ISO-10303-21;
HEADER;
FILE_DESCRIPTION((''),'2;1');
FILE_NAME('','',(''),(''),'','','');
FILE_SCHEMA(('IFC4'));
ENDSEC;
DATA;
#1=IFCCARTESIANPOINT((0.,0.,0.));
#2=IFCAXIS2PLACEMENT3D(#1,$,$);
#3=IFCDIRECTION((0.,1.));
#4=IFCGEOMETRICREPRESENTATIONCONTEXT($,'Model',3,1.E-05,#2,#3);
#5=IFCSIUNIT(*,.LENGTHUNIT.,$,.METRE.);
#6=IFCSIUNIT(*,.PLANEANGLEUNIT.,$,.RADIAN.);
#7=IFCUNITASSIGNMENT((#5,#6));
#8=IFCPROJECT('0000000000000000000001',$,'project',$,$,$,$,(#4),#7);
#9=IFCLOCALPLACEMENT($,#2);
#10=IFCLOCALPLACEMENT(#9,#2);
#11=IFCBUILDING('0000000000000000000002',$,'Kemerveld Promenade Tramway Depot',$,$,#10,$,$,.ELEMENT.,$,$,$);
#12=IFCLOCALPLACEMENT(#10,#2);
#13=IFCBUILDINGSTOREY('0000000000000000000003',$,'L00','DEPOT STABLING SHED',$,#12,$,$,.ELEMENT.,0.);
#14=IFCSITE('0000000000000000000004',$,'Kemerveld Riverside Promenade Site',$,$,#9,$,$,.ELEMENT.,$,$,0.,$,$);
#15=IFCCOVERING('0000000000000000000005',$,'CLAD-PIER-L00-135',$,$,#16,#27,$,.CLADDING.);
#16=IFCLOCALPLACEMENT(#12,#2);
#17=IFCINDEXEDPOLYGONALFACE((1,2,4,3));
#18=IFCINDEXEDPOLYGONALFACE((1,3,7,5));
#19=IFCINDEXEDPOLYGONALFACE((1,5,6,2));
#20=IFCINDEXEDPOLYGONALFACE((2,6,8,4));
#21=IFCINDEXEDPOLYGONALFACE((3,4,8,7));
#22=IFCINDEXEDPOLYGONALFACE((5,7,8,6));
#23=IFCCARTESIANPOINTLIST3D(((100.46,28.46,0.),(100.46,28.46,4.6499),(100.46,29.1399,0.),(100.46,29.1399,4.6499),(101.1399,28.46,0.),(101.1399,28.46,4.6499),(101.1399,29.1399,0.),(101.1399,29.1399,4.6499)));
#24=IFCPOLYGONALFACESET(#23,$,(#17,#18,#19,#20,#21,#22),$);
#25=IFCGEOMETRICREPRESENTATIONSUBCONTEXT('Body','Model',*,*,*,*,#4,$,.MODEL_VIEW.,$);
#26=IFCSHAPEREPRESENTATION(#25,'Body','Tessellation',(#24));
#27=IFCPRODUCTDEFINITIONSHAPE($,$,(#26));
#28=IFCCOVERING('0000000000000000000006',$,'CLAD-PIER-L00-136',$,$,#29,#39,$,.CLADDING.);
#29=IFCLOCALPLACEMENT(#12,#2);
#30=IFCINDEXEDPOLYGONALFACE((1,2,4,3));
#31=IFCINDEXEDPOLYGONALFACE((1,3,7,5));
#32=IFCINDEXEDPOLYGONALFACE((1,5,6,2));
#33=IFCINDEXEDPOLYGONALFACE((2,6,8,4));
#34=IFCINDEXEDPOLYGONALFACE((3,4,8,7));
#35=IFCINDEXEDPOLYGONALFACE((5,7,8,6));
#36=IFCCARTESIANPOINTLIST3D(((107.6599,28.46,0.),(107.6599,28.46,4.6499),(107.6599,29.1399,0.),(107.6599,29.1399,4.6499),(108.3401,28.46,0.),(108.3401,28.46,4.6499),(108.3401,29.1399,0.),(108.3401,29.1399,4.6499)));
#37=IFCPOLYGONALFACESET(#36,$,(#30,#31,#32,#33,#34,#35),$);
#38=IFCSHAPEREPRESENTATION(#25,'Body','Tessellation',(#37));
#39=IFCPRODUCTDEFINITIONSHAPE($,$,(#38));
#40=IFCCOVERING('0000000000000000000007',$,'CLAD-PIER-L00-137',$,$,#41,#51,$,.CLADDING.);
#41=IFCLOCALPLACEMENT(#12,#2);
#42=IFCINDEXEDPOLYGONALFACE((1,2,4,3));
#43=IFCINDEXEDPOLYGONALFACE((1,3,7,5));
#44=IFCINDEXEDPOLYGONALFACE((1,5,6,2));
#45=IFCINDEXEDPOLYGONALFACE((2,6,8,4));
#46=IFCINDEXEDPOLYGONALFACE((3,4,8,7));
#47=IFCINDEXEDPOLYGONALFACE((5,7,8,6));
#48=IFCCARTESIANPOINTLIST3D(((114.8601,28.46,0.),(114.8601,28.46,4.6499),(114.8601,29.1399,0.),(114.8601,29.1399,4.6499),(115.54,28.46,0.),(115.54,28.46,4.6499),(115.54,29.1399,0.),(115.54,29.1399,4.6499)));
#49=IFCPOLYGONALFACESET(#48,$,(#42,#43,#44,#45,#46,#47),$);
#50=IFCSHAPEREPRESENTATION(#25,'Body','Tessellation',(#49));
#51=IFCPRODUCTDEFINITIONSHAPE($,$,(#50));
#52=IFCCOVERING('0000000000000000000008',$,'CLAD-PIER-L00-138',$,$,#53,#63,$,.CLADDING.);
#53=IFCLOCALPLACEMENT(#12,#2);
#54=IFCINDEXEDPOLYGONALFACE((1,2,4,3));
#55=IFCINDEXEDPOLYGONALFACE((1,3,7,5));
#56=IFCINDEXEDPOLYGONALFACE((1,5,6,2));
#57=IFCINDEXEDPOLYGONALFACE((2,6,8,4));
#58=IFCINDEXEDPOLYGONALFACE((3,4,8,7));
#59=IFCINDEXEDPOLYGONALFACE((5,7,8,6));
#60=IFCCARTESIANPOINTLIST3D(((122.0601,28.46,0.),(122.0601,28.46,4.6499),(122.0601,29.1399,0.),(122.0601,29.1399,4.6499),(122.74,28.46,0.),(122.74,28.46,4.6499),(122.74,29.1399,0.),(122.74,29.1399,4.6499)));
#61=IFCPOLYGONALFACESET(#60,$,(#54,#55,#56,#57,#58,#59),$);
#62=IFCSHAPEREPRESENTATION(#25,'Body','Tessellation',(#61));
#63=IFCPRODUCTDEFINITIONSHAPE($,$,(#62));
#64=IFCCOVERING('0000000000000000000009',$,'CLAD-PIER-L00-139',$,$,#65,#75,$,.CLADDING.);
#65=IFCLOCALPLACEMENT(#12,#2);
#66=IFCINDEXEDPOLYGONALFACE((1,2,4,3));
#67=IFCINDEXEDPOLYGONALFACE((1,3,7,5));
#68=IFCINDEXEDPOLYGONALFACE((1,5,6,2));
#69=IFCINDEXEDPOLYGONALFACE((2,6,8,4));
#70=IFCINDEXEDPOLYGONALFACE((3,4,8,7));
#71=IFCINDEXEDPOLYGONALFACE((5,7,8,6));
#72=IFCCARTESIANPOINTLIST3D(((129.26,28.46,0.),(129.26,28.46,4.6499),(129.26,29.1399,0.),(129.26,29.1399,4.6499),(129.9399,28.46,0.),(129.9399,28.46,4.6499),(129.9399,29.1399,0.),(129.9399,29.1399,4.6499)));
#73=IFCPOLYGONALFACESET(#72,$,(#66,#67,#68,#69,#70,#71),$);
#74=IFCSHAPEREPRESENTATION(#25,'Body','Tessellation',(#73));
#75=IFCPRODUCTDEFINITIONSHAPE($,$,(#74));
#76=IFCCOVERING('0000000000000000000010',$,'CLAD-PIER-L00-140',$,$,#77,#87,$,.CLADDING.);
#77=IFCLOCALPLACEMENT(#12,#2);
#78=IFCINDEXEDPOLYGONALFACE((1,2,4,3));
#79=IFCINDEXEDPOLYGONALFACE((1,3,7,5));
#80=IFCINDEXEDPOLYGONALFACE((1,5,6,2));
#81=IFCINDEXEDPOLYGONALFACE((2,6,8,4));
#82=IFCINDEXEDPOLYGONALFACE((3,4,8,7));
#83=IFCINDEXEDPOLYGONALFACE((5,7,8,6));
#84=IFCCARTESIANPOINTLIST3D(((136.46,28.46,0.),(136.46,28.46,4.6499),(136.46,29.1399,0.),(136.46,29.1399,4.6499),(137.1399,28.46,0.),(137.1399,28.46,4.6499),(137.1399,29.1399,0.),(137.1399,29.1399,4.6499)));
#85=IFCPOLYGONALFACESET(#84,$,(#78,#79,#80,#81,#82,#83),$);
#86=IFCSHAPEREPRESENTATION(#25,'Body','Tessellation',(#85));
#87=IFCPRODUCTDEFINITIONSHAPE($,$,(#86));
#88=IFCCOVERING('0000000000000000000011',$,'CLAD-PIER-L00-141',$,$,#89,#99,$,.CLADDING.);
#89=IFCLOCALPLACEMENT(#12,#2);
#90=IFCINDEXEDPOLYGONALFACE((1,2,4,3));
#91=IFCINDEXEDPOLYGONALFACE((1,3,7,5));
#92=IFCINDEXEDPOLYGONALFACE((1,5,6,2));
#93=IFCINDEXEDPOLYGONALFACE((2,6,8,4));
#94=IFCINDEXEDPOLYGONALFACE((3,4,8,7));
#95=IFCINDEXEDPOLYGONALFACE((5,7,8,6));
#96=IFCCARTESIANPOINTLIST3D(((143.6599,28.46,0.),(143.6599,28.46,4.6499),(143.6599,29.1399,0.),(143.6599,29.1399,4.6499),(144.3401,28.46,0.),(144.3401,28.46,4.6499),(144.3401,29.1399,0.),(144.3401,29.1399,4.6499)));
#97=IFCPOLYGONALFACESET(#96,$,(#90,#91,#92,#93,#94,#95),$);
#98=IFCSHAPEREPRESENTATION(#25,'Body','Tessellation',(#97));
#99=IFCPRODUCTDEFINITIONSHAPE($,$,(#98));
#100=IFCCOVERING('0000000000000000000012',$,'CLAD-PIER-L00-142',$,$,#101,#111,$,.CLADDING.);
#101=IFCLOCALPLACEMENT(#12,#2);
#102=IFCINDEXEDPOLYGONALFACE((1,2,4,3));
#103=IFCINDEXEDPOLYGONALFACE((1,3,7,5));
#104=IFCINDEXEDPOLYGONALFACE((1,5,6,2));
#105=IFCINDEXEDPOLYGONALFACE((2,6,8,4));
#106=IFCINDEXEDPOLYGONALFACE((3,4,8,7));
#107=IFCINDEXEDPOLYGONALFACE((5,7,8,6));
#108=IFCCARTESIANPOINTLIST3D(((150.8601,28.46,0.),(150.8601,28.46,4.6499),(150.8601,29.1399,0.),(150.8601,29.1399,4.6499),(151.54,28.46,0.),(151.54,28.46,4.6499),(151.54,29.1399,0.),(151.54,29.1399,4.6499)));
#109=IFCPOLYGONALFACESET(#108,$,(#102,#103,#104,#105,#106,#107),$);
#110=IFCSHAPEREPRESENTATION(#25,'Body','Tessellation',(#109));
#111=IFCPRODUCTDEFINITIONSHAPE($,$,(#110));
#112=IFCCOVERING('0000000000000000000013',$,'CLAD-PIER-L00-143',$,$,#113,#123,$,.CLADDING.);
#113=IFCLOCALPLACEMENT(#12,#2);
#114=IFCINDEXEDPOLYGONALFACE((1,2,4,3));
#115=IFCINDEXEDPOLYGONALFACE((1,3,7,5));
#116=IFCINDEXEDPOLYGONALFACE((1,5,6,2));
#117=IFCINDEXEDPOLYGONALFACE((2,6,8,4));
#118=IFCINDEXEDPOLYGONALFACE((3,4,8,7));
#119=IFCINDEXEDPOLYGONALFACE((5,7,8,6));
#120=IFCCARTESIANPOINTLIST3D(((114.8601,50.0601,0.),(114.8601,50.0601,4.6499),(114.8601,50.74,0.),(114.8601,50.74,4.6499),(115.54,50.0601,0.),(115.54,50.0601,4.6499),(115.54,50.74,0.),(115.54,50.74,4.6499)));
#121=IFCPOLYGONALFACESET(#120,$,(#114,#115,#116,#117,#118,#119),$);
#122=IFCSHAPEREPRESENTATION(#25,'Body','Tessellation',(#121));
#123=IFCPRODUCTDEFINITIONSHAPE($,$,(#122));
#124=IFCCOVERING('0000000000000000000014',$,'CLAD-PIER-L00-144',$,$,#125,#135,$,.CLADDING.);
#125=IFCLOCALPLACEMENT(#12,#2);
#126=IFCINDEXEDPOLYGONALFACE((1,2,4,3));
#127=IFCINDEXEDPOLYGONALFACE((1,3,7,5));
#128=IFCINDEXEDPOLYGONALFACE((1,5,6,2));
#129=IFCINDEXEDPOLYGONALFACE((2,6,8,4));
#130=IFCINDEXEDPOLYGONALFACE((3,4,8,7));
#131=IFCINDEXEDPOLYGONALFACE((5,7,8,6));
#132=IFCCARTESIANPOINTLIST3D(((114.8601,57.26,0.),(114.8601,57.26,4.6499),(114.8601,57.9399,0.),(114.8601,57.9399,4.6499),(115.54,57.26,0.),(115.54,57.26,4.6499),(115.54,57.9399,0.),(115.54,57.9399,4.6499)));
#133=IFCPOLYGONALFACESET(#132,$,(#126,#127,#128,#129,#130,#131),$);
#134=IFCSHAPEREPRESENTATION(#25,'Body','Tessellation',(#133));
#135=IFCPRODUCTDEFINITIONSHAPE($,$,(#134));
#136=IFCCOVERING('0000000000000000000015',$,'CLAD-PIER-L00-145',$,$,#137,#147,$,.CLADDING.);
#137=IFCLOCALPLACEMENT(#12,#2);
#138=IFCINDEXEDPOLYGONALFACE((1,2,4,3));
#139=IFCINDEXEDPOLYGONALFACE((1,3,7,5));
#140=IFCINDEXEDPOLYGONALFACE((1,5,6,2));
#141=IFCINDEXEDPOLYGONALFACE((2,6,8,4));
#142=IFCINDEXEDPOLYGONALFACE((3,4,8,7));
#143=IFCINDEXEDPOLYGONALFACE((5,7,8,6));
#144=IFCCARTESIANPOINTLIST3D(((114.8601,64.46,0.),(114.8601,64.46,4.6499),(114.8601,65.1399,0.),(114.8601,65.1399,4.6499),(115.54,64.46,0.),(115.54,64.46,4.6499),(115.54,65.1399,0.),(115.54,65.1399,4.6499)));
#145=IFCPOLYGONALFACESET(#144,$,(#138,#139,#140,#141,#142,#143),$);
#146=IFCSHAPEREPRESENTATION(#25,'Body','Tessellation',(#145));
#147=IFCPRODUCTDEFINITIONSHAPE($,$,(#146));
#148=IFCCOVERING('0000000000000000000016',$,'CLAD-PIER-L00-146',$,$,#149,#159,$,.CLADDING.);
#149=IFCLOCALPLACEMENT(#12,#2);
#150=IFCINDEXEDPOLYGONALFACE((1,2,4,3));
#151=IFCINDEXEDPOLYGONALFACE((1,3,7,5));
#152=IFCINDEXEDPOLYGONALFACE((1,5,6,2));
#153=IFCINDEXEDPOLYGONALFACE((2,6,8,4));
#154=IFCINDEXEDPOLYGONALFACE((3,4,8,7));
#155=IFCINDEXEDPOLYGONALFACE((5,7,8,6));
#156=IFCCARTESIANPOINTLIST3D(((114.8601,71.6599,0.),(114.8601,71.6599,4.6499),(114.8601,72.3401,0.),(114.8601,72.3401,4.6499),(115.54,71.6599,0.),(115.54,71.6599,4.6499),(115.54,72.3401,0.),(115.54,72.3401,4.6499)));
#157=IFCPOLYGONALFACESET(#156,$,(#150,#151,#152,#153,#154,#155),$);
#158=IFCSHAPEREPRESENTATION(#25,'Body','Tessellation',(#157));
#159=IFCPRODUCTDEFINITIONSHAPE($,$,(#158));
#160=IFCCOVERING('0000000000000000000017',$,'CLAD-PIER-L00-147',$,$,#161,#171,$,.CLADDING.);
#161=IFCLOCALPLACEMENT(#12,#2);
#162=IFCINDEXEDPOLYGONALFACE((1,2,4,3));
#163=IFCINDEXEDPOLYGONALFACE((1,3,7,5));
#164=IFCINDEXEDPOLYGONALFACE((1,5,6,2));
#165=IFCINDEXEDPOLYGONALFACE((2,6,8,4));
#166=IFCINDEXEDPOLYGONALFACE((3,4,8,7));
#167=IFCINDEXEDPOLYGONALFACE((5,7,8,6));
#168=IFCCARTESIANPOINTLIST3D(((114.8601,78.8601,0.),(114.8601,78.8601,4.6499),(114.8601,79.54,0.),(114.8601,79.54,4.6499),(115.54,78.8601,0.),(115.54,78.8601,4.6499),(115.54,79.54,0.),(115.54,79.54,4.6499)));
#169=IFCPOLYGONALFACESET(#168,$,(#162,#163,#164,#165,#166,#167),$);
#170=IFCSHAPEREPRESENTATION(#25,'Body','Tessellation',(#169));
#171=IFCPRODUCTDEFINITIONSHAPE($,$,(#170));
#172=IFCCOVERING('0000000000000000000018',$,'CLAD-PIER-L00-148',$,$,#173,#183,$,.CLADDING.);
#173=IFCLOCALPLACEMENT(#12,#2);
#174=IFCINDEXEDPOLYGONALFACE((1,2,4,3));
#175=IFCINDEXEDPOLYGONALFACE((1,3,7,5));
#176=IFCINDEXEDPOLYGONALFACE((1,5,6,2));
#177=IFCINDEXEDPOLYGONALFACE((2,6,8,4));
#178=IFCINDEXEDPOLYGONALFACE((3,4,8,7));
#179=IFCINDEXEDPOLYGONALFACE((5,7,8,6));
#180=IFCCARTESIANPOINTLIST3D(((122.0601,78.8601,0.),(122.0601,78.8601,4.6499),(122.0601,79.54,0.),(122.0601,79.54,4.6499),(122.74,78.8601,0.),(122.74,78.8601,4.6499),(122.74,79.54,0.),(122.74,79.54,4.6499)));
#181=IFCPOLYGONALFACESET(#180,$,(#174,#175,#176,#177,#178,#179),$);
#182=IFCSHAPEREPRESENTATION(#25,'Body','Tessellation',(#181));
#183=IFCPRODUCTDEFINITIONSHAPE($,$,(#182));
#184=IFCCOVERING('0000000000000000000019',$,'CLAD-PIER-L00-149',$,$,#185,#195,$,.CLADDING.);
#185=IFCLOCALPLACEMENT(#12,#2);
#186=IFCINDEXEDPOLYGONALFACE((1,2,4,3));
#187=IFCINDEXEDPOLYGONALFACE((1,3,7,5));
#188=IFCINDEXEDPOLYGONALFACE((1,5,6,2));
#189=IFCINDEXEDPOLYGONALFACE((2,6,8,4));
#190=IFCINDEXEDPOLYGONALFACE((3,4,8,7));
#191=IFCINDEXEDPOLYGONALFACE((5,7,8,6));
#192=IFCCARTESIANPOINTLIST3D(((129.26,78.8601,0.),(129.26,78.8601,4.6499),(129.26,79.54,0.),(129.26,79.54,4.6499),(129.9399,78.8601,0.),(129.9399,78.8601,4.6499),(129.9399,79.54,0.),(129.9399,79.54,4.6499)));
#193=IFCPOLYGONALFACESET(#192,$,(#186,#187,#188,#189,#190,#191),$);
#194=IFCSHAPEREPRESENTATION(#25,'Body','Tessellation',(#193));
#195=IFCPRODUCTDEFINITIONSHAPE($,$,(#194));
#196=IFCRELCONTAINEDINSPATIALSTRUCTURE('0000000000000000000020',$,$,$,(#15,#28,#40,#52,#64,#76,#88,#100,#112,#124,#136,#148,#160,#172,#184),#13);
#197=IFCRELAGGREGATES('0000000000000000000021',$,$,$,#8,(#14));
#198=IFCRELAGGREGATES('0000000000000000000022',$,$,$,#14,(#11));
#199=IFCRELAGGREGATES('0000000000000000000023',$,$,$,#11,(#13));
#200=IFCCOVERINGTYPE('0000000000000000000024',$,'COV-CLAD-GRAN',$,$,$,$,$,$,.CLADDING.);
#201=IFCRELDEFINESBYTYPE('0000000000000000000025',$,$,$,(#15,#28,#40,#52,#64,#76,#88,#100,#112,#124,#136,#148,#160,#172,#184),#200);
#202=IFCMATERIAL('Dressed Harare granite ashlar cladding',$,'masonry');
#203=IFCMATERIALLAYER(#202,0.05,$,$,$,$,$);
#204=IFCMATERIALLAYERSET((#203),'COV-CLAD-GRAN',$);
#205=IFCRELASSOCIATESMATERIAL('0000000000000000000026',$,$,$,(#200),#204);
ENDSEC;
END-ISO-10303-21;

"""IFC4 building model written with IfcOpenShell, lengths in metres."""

from ifc_helpers import new_model, si_unit, direction, origin, place, context, subcontext, project, spatial, polyline, outline, extrude, material, layer, layer_set, type_object, element, save


model = new_model("IFC4")

# Units and contexts
model_context = context("Model", 3, precision=1e-05, world=origin(), true_north=direction((0.0, 1.0)))
body_context = subcontext(model_context, "Body", "Model", "MODEL_VIEW")
ifc_project = project(units=[si_unit("LENGTHUNIT", "METRE"), si_unit("PLANEANGLEUNIT", "RADIAN")], contexts=[model_context])

# Site, building, storey
site_placement = place(None, origin())
site = spatial("IfcSite", under=ifc_project, at=site_placement, Name="Kemerveld Riverside Promenade Site", CompositionType="ELEMENT", RefElevation=0.0)
building_placement = place(site_placement, origin())
building = spatial("IfcBuilding", under=site, at=building_placement, Name="Kemerveld Promenade Tramway Depot", CompositionType="ELEMENT")
storey_placement = place(building_placement, origin())
storey = spatial("IfcBuildingStorey", under=building, at=storey_placement, Name="L00", Description="DEPOT STABLING SHED", CompositionType="ELEMENT", Elevation=0.0)

# Coverings
ifc_material = material(Name="Dressed Harare granite ashlar cladding", Category="masonry")
ifc_layer = layer(ifc_material, 0.05)
ifc_layer_set = layer_set([ifc_layer], Name="COV-CLAD-GRAN")
covering_type = type_object("IfcCoveringType", Name="COV-CLAD-GRAN", PredefinedType="CLADDING", material=ifc_layer_set)
covering_1_placement = place(storey_placement, origin())
element("IfcCovering", 1, at=covering_1_placement, inside=storey, type_object=covering_type, Name="CLAD-PIER-L00-135", PredefinedType="CLADDING", context=body_context, shape_type="SweptSolid", body=[
    extrude(outline(polyline([(100.46, 28.46), (101.1399, 28.46), (101.1399, 29.1399), (100.46, 29.1399), (100.46, 28.46)])), origin(), (0.0, 0.0, 1.0), 4.6499),
])
covering_2_placement = place(storey_placement, origin())
element("IfcCovering", 2, at=covering_2_placement, inside=storey, type_object=covering_type, Name="CLAD-PIER-L00-136", PredefinedType="CLADDING", context=body_context, shape_type="SweptSolid", body=[
    extrude(outline(polyline([(107.6599, 28.46), (108.3401, 28.46), (108.3401, 29.1399), (107.6599, 29.1399), (107.6599, 28.46)])), origin(), (0.0, 0.0, 1.0), 4.6499),
])
covering_3_placement = place(storey_placement, origin())
element("IfcCovering", 3, at=covering_3_placement, inside=storey, type_object=covering_type, Name="CLAD-PIER-L00-137", PredefinedType="CLADDING", context=body_context, shape_type="SweptSolid", body=[
    extrude(outline(polyline([(114.8601, 28.46), (115.54, 28.46), (115.54, 29.1399), (114.8601, 29.1399), (114.8601, 28.46)])), origin(), (0.0, 0.0, 1.0), 4.6499),
])
covering_4_placement = place(storey_placement, origin())
element("IfcCovering", 4, at=covering_4_placement, inside=storey, type_object=covering_type, Name="CLAD-PIER-L00-138", PredefinedType="CLADDING", context=body_context, shape_type="SweptSolid", body=[
    extrude(outline(polyline([(122.0601, 28.46), (122.74, 28.46), (122.74, 29.1399), (122.0601, 29.1399), (122.0601, 28.46)])), origin(), (0.0, 0.0, 1.0), 4.6499),
])
covering_5_placement = place(storey_placement, origin())
element("IfcCovering", 5, at=covering_5_placement, inside=storey, type_object=covering_type, Name="CLAD-PIER-L00-139", PredefinedType="CLADDING", context=body_context, shape_type="SweptSolid", body=[
    extrude(outline(polyline([(129.26, 28.46), (129.9399, 28.46), (129.9399, 29.1399), (129.26, 29.1399), (129.26, 28.46)])), origin(), (0.0, 0.0, 1.0), 4.6499),
])
covering_6_placement = place(storey_placement, origin())
element("IfcCovering", 6, at=covering_6_placement, inside=storey, type_object=covering_type, Name="CLAD-PIER-L00-140", PredefinedType="CLADDING", context=body_context, shape_type="SweptSolid", body=[
    extrude(outline(polyline([(136.46, 28.46), (137.1399, 28.46), (137.1399, 29.1399), (136.46, 29.1399), (136.46, 28.46)])), origin(), (0.0, 0.0, 1.0), 4.6499),
])
covering_7_placement = place(storey_placement, origin())
element("IfcCovering", 7, at=covering_7_placement, inside=storey, type_object=covering_type, Name="CLAD-PIER-L00-141", PredefinedType="CLADDING", context=body_context, shape_type="SweptSolid", body=[
    extrude(outline(polyline([(143.6599, 28.46), (144.3401, 28.46), (144.3401, 29.1399), (143.6599, 29.1399), (143.6599, 28.46)])), origin(), (0.0, 0.0, 1.0), 4.6499),
])
covering_8_placement = place(storey_placement, origin())
element("IfcCovering", 8, at=covering_8_placement, inside=storey, type_object=covering_type, Name="CLAD-PIER-L00-142", PredefinedType="CLADDING", context=body_context, shape_type="SweptSolid", body=[
    extrude(outline(polyline([(150.8601, 28.46), (151.54, 28.46), (151.54, 29.1399), (150.8601, 29.1399), (150.8601, 28.46)])), origin(), (0.0, 0.0, 1.0), 4.6499),
])
covering_9_placement = place(storey_placement, origin())
element("IfcCovering", 9, at=covering_9_placement, inside=storey, type_object=covering_type, Name="CLAD-PIER-L00-143", PredefinedType="CLADDING", context=body_context, shape_type="SweptSolid", body=[
    extrude(outline(polyline([(114.8601, 50.0601), (115.54, 50.0601), (115.54, 50.74), (114.8601, 50.74), (114.8601, 50.0601)])), origin(), (0.0, 0.0, 1.0), 4.6499),
])
covering_10_placement = place(storey_placement, origin())
element("IfcCovering", 10, at=covering_10_placement, inside=storey, type_object=covering_type, Name="CLAD-PIER-L00-144", PredefinedType="CLADDING", context=body_context, shape_type="SweptSolid", body=[
    extrude(outline(polyline([(114.8601, 57.26), (115.54, 57.26), (115.54, 57.9399), (114.8601, 57.9399), (114.8601, 57.26)])), origin(), (0.0, 0.0, 1.0), 4.6499),
])
covering_11_placement = place(storey_placement, origin())
element("IfcCovering", 11, at=covering_11_placement, inside=storey, type_object=covering_type, Name="CLAD-PIER-L00-145", PredefinedType="CLADDING", context=body_context, shape_type="SweptSolid", body=[
    extrude(outline(polyline([(114.8601, 64.46), (115.54, 64.46), (115.54, 65.1399), (114.8601, 65.1399), (114.8601, 64.46)])), origin(), (0.0, 0.0, 1.0), 4.6499),
])
covering_12_placement = place(storey_placement, origin())
element("IfcCovering", 12, at=covering_12_placement, inside=storey, type_object=covering_type, Name="CLAD-PIER-L00-146", PredefinedType="CLADDING", context=body_context, shape_type="SweptSolid", body=[
    extrude(outline(polyline([(114.8601, 71.6599), (115.54, 71.6599), (115.54, 72.3401), (114.8601, 72.3401), (114.8601, 71.6599)])), origin(), (0.0, 0.0, 1.0), 4.6499),
])
covering_13_placement = place(storey_placement, origin())
element("IfcCovering", 13, at=covering_13_placement, inside=storey, type_object=covering_type, Name="CLAD-PIER-L00-147", PredefinedType="CLADDING", context=body_context, shape_type="SweptSolid", body=[
    extrude(outline(polyline([(114.8601, 78.8601), (115.54, 78.8601), (115.54, 79.54), (114.8601, 79.54), (114.8601, 78.8601)])), origin(), (0.0, 0.0, 1.0), 4.6499),
])
covering_14_placement = place(storey_placement, origin())
element("IfcCovering", 14, at=covering_14_placement, inside=storey, type_object=covering_type, Name="CLAD-PIER-L00-148", PredefinedType="CLADDING", context=body_context, shape_type="SweptSolid", body=[
    extrude(outline(polyline([(122.0601, 78.8601), (122.74, 78.8601), (122.74, 79.54), (122.0601, 79.54), (122.0601, 78.8601)])), origin(), (0.0, 0.0, 1.0), 4.6499),
])
covering_15_placement = place(storey_placement, origin())
element("IfcCovering", 15, at=covering_15_placement, inside=storey, type_object=covering_type, Name="CLAD-PIER-L00-149", PredefinedType="CLADDING", context=body_context, shape_type="SweptSolid", body=[
    extrude(outline(polyline([(129.26, 78.8601), (129.9399, 78.8601), (129.9399, 79.54), (129.26, 79.54), (129.26, 78.8601)])), origin(), (0.0, 0.0, 1.0), 4.6499),
])

save(model, "model.ifc")
